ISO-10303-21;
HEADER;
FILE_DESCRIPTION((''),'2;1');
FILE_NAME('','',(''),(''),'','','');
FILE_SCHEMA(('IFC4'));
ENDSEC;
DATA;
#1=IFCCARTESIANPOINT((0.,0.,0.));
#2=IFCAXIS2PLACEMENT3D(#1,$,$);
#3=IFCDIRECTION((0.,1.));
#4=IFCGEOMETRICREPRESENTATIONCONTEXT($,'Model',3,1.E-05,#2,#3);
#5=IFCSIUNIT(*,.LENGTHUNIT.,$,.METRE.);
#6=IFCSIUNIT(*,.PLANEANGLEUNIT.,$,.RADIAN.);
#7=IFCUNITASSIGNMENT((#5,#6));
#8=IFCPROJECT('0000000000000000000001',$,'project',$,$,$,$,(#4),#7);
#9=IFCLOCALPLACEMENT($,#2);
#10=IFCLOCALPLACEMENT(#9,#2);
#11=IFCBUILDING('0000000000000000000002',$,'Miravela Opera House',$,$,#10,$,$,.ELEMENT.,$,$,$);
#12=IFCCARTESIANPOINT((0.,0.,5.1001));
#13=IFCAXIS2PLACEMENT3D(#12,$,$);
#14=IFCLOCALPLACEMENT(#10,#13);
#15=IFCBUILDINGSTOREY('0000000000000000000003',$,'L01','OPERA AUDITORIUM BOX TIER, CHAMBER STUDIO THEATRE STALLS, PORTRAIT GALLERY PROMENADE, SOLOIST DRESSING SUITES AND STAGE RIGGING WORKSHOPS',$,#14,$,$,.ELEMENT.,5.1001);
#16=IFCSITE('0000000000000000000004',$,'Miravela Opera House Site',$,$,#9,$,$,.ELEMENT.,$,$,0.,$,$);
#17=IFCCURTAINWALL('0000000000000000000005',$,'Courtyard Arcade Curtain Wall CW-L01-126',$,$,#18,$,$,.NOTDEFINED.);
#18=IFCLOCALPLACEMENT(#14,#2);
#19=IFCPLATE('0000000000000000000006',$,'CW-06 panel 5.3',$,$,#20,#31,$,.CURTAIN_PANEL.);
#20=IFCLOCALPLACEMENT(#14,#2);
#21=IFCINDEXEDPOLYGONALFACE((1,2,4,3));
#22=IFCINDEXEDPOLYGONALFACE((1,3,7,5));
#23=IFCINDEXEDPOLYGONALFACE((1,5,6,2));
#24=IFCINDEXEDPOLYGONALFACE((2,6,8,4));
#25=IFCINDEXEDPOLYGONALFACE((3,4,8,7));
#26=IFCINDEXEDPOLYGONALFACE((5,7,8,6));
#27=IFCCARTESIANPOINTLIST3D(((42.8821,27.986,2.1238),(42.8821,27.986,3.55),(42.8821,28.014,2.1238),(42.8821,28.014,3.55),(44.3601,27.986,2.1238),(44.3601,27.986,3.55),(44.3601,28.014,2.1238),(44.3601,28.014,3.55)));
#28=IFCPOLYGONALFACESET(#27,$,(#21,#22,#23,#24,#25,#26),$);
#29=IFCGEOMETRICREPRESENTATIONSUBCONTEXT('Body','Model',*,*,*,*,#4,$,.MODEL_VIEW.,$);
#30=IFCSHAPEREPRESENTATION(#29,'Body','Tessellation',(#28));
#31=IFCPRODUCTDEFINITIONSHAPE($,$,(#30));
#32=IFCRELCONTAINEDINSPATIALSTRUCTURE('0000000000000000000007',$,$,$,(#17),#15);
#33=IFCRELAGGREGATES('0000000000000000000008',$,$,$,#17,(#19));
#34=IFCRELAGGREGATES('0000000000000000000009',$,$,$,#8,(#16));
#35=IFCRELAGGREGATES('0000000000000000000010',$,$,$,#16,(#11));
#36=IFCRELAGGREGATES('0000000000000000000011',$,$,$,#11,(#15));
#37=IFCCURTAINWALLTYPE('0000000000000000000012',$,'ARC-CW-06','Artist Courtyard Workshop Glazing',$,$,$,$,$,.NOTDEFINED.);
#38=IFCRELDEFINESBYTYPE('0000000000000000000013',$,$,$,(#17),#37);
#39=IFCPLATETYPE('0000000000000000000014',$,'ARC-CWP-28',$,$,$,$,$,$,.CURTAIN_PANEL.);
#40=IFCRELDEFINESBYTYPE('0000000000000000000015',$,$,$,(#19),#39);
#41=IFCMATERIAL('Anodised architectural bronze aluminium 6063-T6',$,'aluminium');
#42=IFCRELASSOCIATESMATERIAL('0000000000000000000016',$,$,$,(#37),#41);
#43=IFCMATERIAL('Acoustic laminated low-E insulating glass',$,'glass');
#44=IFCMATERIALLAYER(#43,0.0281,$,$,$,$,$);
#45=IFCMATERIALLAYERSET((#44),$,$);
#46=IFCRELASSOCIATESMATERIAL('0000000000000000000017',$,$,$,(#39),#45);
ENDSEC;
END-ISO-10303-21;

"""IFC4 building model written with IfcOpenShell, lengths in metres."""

from ifc_helpers import new_model, si_unit, direction, frame, origin, origin_2d, place, context, subcontext, project, spatial, rectangle, extrude, material, layer, layer_set, type_object, element, aggregate, save


model = new_model("IFC4")

# Units and contexts
model_context = context("Model", 3, precision=1e-05, world=origin(), true_north=direction((0.0, 1.0)))
body_context = subcontext(model_context, "Body", "Model", "MODEL_VIEW")
ifc_project = project(units=[si_unit("LENGTHUNIT", "METRE"), si_unit("PLANEANGLEUNIT", "RADIAN")], contexts=[model_context])

# Site, building, storey
site_placement = place(None, origin())
site = spatial("IfcSite", under=ifc_project, at=site_placement, Name="Miravela Opera House Site", CompositionType="ELEMENT", RefElevation=0.0)
building_placement = place(site_placement, origin())
building = spatial("IfcBuilding", under=site, at=building_placement, Name="Miravela Opera House", CompositionType="ELEMENT")
storey_placement = place(building_placement, frame((0.0, 0.0, 5.1001)))
storey = spatial("IfcBuildingStorey", under=building, at=storey_placement, Name="L01", Description="OPERA AUDITORIUM BOX TIER, CHAMBER STUDIO THEATRE STALLS, PORTRAIT GALLERY PROMENADE, SOLOIST DRESSING SUITES AND STAGE RIGGING WORKSHOPS", CompositionType="ELEMENT", Elevation=5.1001)

# Curtain wall
ifc_material_1 = material(Name="Anodised architectural bronze aluminium 6063-T6", Category="aluminium")
curtain_wall_type = type_object("IfcCurtainWallType", Name="ARC-CW-06", Description="Artist Courtyard Workshop Glazing", PredefinedType="NOTDEFINED", material=ifc_material_1)
curtain_wall_placement = place(storey_placement, origin())
curtain_wall = element("IfcCurtainWall", 1, at=curtain_wall_placement, inside=storey, type_object=curtain_wall_type, Name="Courtyard Arcade Curtain Wall CW-L01-126", PredefinedType="NOTDEFINED")

# Plate
ifc_material_2 = material(Name="Acoustic laminated low-E insulating glass", Category="glass")
ifc_layer = layer(ifc_material_2, 0.0281)
ifc_layer_set = layer_set([ifc_layer])
plate_type = type_object("IfcPlateType", Name="ARC-CWP-28", PredefinedType="CURTAIN_PANEL", material=ifc_layer_set)
plate_1_placement = place(storey_placement, frame((43.6211, 28.0, 2.1238), z_axis=(0.0, 0.0, 1.0), x_axis=(1.0, 0.0, 0.0)))
plate_1 = element("IfcPlate", 2, at=plate_1_placement, type_object=plate_type, Name="CW-06 panel 5.3", PredefinedType="CURTAIN_PANEL", context=body_context, shape_type="SweptSolid", body=[
    extrude(rectangle(XDim=1.478, YDim=0.0281, at=origin_2d()), origin(), (0.0, 0.0, 1.0), 1.4263),
])
aggregate(curtain_wall, [plate_1])

save(model, "model.ifc")
